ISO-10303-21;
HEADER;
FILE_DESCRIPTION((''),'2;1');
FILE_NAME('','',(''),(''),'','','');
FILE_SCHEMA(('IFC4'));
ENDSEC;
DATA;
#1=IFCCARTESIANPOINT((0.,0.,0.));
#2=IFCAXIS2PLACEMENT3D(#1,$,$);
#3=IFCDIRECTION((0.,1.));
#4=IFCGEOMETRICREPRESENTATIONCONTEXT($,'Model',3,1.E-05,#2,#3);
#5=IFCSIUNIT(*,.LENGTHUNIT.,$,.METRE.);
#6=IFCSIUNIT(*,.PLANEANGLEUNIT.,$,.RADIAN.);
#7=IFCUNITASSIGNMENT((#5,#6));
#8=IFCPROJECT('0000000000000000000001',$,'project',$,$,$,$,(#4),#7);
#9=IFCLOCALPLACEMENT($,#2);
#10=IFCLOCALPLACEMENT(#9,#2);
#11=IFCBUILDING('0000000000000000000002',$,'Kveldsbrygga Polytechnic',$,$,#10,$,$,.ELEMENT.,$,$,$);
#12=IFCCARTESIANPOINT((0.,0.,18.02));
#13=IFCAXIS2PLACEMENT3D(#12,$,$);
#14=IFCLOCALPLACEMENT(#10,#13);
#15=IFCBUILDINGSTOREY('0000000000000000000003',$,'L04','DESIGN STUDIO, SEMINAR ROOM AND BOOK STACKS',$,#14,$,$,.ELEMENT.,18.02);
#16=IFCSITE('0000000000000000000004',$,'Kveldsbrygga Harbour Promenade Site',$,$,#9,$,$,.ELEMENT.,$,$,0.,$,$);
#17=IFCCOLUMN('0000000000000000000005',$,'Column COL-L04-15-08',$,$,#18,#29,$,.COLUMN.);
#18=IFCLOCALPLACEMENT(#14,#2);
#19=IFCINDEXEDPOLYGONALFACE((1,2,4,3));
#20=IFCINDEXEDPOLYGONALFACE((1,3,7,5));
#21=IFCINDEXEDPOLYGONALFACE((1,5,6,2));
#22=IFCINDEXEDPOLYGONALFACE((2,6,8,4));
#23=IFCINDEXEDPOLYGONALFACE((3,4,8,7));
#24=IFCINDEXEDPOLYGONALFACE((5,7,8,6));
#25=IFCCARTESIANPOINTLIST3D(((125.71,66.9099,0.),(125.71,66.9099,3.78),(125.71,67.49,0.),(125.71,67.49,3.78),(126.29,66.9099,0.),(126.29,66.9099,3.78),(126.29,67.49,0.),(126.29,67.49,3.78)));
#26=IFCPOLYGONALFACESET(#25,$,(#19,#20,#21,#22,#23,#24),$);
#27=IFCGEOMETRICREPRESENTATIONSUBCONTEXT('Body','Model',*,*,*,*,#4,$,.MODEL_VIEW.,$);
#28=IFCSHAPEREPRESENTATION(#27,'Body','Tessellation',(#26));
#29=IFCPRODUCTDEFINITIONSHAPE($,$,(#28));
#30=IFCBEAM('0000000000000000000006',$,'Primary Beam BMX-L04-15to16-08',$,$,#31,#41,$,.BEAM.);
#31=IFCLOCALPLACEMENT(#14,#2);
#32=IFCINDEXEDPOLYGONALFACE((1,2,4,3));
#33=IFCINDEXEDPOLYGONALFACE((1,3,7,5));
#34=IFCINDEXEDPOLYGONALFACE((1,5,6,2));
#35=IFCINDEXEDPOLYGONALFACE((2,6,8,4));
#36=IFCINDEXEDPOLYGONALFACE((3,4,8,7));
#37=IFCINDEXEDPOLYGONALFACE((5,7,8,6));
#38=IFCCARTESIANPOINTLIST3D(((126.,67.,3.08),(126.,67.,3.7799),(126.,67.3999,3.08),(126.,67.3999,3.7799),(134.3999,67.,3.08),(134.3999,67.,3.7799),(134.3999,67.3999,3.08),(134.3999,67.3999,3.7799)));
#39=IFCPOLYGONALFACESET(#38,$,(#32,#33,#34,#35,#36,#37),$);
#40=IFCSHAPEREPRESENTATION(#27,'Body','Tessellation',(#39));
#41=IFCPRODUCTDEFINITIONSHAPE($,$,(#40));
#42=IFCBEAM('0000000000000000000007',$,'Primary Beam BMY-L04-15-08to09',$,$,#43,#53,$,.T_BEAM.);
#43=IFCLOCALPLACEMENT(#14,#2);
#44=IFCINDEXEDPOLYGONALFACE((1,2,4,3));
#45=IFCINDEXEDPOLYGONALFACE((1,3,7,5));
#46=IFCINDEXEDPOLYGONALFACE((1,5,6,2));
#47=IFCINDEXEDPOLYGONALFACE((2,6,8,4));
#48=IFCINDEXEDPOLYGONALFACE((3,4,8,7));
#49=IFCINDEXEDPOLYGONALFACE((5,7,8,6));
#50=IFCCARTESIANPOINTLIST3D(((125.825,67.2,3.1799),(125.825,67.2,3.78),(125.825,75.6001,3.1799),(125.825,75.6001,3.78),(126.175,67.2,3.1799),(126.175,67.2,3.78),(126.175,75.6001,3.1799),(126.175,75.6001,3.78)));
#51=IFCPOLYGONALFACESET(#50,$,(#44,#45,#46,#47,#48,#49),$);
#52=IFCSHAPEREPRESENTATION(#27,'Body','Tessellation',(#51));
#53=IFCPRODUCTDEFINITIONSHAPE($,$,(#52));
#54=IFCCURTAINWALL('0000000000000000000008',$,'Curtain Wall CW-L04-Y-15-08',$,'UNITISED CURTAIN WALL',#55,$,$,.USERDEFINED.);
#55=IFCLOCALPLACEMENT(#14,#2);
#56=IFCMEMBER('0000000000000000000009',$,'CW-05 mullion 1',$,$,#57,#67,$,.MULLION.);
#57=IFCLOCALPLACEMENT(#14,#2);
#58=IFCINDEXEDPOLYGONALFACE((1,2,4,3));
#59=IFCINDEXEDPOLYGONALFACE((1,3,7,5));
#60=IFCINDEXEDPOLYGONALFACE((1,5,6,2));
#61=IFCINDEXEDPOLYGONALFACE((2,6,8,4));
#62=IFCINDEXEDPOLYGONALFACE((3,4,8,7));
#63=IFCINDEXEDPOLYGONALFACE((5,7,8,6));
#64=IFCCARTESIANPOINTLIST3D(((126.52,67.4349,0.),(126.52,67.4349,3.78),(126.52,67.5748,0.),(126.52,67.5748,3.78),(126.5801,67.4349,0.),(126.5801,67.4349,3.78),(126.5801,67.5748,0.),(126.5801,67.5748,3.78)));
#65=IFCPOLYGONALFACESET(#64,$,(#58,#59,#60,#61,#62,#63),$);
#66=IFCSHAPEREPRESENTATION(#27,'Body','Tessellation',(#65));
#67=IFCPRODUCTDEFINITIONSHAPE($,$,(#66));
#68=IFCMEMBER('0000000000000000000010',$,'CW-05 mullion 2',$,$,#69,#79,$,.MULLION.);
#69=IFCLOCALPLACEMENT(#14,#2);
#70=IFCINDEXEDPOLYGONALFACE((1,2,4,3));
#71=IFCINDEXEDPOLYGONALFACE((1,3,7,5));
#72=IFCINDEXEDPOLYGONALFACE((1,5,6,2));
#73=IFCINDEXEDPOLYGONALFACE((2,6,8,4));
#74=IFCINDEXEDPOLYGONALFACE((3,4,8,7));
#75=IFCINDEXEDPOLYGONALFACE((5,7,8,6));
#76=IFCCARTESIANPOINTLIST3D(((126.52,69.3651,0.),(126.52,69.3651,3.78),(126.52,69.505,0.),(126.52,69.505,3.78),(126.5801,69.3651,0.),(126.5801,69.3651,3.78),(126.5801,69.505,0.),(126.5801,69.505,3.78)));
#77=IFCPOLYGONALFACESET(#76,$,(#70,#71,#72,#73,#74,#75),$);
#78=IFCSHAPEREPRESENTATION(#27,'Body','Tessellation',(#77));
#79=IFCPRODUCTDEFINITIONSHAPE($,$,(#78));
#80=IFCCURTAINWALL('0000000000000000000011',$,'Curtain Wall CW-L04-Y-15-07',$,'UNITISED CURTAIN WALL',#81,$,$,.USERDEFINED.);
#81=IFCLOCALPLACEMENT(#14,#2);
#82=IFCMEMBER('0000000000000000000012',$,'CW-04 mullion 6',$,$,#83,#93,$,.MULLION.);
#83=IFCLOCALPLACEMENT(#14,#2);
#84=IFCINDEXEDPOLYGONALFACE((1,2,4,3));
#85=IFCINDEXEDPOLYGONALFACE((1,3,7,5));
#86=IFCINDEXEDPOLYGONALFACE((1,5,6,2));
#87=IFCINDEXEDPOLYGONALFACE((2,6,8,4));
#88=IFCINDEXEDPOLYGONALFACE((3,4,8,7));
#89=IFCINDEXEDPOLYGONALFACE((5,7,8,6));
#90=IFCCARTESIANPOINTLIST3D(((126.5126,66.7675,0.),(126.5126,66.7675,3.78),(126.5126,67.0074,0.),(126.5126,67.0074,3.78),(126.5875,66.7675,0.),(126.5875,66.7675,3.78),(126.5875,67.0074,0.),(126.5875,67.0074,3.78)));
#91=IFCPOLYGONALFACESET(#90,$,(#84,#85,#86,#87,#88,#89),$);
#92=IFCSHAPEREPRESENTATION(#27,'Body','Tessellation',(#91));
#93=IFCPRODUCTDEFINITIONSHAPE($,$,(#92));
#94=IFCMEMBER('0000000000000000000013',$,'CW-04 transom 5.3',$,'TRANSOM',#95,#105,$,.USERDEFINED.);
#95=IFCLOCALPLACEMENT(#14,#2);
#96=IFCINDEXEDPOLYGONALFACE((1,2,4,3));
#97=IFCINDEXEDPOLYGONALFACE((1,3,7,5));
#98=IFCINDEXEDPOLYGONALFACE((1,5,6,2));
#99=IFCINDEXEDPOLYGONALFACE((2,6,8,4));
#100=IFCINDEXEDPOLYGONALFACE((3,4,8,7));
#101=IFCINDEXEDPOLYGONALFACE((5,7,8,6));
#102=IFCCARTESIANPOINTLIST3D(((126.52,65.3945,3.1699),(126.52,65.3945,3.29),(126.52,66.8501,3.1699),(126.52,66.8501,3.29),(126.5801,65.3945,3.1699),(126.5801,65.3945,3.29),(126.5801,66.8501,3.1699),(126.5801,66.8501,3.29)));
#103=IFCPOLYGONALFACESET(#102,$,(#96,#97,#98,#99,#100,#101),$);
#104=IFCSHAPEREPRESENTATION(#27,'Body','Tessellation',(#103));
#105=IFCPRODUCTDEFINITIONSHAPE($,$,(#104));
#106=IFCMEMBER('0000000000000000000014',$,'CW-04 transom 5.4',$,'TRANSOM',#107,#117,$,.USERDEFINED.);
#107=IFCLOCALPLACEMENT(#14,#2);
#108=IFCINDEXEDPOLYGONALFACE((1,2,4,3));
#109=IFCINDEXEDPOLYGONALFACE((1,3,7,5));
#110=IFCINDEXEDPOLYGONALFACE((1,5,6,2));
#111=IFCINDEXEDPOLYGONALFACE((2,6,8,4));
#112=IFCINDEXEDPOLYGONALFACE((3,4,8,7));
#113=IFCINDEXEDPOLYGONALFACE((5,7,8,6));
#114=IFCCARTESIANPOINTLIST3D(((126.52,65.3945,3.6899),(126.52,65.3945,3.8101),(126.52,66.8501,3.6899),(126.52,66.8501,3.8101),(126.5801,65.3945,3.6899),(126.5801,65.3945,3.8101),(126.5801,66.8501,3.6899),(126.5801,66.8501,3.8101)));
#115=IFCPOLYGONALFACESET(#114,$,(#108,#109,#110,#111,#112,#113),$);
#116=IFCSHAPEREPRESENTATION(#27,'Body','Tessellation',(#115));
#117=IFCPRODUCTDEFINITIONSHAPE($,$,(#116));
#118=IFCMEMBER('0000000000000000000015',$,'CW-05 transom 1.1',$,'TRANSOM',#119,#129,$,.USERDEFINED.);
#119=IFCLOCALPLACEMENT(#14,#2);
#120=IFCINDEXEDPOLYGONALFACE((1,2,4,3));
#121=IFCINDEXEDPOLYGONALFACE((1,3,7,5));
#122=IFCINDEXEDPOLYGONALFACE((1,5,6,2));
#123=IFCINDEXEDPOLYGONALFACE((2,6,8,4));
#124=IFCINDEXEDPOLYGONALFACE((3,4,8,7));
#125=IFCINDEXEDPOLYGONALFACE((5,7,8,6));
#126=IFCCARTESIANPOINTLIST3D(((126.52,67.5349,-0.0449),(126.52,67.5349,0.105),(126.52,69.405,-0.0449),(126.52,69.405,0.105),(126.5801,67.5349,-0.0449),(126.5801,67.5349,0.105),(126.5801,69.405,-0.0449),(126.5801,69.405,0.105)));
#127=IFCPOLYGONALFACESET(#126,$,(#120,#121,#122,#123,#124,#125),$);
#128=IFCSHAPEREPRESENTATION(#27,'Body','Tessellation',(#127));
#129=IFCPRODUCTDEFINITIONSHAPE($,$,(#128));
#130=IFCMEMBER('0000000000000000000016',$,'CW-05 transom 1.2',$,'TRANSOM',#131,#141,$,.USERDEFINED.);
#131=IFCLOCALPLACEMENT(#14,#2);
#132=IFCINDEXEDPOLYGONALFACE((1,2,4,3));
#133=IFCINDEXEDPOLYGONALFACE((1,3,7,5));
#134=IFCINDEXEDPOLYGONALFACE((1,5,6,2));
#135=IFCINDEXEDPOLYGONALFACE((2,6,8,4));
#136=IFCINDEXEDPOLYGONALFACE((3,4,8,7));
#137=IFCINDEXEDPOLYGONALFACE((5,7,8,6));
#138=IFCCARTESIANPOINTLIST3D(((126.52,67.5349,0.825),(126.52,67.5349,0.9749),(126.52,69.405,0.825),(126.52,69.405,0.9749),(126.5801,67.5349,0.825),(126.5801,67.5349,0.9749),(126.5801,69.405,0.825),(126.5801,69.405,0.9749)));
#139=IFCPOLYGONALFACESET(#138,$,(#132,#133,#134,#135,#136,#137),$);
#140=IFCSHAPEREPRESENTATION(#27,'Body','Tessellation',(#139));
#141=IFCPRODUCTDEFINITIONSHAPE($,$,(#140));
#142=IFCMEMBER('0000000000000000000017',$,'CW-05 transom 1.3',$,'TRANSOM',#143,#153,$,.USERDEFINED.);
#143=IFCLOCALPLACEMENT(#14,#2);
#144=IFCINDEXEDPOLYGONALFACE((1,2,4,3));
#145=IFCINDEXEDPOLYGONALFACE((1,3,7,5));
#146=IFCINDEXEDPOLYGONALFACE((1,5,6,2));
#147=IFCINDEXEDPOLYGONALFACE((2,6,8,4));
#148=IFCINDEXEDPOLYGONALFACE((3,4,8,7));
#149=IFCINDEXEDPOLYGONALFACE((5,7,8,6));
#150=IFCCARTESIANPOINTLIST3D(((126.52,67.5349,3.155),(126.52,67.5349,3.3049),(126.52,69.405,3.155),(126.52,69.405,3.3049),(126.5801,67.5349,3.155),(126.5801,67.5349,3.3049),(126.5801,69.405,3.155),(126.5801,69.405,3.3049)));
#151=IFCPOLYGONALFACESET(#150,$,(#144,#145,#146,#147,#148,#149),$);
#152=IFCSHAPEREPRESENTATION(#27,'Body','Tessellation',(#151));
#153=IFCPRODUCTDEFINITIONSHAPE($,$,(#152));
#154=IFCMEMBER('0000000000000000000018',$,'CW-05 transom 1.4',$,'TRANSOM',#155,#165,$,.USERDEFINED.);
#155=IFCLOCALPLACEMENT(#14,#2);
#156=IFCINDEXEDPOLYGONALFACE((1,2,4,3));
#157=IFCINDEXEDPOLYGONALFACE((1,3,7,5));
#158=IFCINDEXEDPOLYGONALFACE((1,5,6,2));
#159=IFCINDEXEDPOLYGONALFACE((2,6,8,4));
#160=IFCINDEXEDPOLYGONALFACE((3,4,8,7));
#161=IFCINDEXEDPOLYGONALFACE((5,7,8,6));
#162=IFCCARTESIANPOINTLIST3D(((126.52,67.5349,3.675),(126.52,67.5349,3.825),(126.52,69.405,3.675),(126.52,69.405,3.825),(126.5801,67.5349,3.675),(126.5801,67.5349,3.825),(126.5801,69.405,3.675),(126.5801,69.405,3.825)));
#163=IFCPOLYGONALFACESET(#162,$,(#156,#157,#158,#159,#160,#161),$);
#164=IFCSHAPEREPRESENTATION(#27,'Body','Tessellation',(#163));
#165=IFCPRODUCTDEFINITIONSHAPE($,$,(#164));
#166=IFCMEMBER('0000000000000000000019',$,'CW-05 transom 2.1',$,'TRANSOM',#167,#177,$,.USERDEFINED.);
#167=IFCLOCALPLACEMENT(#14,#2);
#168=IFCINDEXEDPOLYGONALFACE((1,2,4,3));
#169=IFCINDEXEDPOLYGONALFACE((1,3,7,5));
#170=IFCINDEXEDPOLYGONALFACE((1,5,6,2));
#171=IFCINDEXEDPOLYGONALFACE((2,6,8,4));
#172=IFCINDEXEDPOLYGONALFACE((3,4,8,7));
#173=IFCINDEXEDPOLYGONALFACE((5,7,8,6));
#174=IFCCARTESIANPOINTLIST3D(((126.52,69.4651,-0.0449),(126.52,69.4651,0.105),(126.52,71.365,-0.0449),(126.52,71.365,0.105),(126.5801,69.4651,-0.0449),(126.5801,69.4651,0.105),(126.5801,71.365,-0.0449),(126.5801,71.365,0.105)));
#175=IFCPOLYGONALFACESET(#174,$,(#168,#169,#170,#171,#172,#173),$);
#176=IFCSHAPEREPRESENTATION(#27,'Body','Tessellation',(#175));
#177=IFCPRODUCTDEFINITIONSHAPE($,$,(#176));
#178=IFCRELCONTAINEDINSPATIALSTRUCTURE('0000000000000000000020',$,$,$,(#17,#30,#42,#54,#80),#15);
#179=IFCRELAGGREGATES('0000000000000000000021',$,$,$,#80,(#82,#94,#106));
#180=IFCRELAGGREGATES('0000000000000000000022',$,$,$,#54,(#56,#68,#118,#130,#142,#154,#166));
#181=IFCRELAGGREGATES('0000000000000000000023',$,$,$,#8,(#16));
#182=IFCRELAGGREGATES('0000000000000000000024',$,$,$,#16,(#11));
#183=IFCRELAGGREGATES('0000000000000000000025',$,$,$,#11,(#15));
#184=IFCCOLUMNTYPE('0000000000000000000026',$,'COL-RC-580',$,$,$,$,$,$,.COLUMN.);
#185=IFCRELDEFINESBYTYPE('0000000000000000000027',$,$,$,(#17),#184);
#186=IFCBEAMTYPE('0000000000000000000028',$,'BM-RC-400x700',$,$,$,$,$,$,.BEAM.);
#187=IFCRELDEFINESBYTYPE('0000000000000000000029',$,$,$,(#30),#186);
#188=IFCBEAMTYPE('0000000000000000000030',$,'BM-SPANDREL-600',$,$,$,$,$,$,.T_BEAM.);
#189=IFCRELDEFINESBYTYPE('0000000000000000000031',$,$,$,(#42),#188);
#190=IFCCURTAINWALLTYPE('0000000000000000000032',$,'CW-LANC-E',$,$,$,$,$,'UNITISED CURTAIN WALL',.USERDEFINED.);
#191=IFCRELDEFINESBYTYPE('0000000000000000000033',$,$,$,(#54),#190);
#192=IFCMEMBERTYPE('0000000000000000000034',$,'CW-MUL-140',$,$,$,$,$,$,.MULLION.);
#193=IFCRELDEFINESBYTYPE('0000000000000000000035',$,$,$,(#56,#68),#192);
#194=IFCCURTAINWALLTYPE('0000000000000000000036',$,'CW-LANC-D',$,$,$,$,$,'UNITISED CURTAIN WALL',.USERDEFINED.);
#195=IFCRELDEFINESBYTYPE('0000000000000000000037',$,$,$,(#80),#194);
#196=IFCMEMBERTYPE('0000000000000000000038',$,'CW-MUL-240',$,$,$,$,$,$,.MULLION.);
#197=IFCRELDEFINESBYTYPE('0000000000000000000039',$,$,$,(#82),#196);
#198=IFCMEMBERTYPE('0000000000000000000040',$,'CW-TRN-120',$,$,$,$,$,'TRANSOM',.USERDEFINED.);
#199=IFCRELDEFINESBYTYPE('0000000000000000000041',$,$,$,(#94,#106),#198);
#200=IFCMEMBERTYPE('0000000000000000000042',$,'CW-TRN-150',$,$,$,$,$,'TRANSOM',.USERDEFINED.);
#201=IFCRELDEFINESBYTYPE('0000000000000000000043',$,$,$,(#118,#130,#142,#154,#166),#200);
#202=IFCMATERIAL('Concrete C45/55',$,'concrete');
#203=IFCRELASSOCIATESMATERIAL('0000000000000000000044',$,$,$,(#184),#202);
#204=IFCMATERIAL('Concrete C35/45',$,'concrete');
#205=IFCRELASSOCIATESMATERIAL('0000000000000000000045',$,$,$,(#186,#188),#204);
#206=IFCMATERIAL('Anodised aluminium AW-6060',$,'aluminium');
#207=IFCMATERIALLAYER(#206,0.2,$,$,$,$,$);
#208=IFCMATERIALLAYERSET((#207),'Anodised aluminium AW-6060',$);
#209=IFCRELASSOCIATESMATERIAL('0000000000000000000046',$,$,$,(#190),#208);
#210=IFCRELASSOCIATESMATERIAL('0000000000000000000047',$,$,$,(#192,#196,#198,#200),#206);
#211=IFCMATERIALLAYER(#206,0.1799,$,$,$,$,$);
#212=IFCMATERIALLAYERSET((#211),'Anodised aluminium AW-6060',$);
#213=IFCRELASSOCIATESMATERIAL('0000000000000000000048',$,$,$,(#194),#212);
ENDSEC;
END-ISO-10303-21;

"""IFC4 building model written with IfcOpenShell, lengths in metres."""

from ifc_helpers import new_model, si_unit, direction, frame, origin, origin_2d, place, context, subcontext, project, spatial, rectangle, extrude, material, layer, layer_set, material_profile, profile_set, type_object, element, aggregate, save


model = new_model("IFC4")

# Units and contexts
model_context = context("Model", 3, precision=1e-05, world=origin(), true_north=direction((0.0, 1.0)))
body_context = subcontext(model_context, "Body", "Model", "MODEL_VIEW")
ifc_project = project(units=[si_unit("LENGTHUNIT", "METRE"), si_unit("PLANEANGLEUNIT", "RADIAN")], contexts=[model_context])

# Site, building, storey
site_placement = place(None, origin())
site = spatial("IfcSite", under=ifc_project, at=site_placement, Name="Kveldsbrygga Harbour Promenade Site", CompositionType="ELEMENT", RefElevation=0.0)
building_placement = place(site_placement, origin())
building = spatial("IfcBuilding", under=site, at=building_placement, Name="Kveldsbrygga Polytechnic", CompositionType="ELEMENT")
storey_placement = place(building_placement, frame((0.0, 0.0, 18.02)))
storey = spatial("IfcBuildingStorey", under=building, at=storey_placement, Name="L04", Description="DESIGN STUDIO, SEMINAR ROOM AND BOOK STACKS", CompositionType="ELEMENT", Elevation=18.02)

# Column
ifc_material_1 = material(Name="Concrete C45/55", Category="concrete")
ifc_material_profile_1 = material_profile(ifc_material_1, rectangle(XDim=0.5801, YDim=0.5801, at=origin_2d()), Name="RC 580x580")
ifc_profile_set_1 = profile_set([ifc_material_profile_1], Name="Concrete C45/55")
column_type = type_object("IfcColumnType", Name="COL-RC-580", PredefinedType="COLUMN", material=ifc_profile_set_1)
column_placement = place(storey_placement, frame((126.0, 67.2, 0.0), z_axis=(0.0, 0.0, 1.0), x_axis=(1.0, 0.0, 0.0)))
element("IfcColumn", 1, at=column_placement, inside=storey, type_object=column_type, Name="Column COL-L04-15-08", PredefinedType="COLUMN", context=body_context, shape_type="SweptSolid", body=[
    extrude(rectangle(XDim=0.5801, YDim=0.5801, at=origin_2d()), origin(), (0.0, 0.0, 1.0), 3.78),
])

# Beams
ifc_material_2 = material(Name="Concrete C35/45", Category="concrete")
ifc_material_profile_2 = material_profile(ifc_material_2, rectangle(XDim=0.3999, YDim=0.7, at=origin_2d()), Name="RC 400x700")
ifc_profile_set_2 = profile_set([ifc_material_profile_2], Name="Concrete C35/45")
beam_type_1 = type_object("IfcBeamType", Name="BM-RC-400x700", PredefinedType="BEAM", material=ifc_profile_set_2)
beam_1_placement = place(storey_placement, frame((126.0, 67.2, 3.4299), z_axis=(1.0, 0.0, 0.0), x_axis=(0.0, 1.0, 0.0)))
element("IfcBeam", 2, at=beam_1_placement, inside=storey, type_object=beam_type_1, Name="Primary Beam BMX-L04-15to16-08", PredefinedType="BEAM", context=body_context, shape_type="SweptSolid", body=[
    extrude(rectangle(XDim=0.3999, YDim=0.7, at=origin_2d()), origin(), (0.0, 0.0, 1.0), 8.3999),
])
ifc_material_profile_3 = material_profile(ifc_material_2, rectangle(XDim=0.3501, YDim=0.6001, at=origin_2d()), Name="RC 350x600")
ifc_profile_set_3 = profile_set([ifc_material_profile_3], Name="Concrete C35/45")
beam_type_2 = type_object("IfcBeamType", Name="BM-SPANDREL-600", PredefinedType="T_BEAM", material=ifc_profile_set_3)
beam_2_placement = place(storey_placement, frame((126.0, 67.2, 3.48), z_axis=(0.0, 1.0, 0.0), x_axis=(-1.0, 0.0, 0.0)))
element("IfcBeam", 3, at=beam_2_placement, inside=storey, type_object=beam_type_2, Name="Primary Beam BMY-L04-15-08to09", PredefinedType="T_BEAM", context=body_context, shape_type="SweptSolid", body=[
    extrude(rectangle(XDim=0.3501, YDim=0.6001, at=origin_2d()), origin(), (0.0, 0.0, 1.0), 8.4001),
])

# Curtain walls, members
ifc_material_3 = material(Name="Anodised aluminium AW-6060", Category="aluminium")
ifc_layer_1 = layer(ifc_material_3, 0.2)
ifc_layer_set_1 = layer_set([ifc_layer_1], Name="Anodised aluminium AW-6060")
curtain_wall_type_1 = type_object("IfcCurtainWallType", Name="CW-LANC-E", ElementType="UNITISED CURTAIN WALL", PredefinedType="USERDEFINED", material=ifc_layer_set_1)
curtain_wall_1_placement = place(storey_placement, origin())
curtain_wall_1 = element("IfcCurtainWall", 4, at=curtain_wall_1_placement, inside=storey, type_object=curtain_wall_type_1, Name="Curtain Wall CW-L04-Y-15-08", ObjectType="UNITISED CURTAIN WALL", PredefinedType="USERDEFINED")
ifc_material_profile_4 = material_profile(ifc_material_3, rectangle(XDim=0.0601, YDim=0.1399, at=origin_2d()), Name="ALU 60x140")
ifc_profile_set_4 = profile_set([ifc_material_profile_4], Name="Anodised aluminium AW-6060")
member_type_1 = type_object("IfcMemberType", Name="CW-MUL-140", PredefinedType="MULLION", material=ifc_profile_set_4)
member_1_placement = place(storey_placement, frame((126.55, 67.5049, 0.0), z_axis=(0.0, 0.0, 1.0), x_axis=(-1.0, 0.0, 0.0)))
member_1 = element("IfcMember", 5, at=member_1_placement, type_object=member_type_1, Name="CW-05 mullion 1", PredefinedType="MULLION", context=body_context, shape_type="SweptSolid", body=[
    extrude(rectangle(XDim=0.0601, YDim=0.1399, at=origin_2d()), origin(), (0.0, 0.0, 1.0), 3.78),
])
member_2_placement = place(storey_placement, frame((126.55, 69.4351, 0.0), z_axis=(0.0, 0.0, 1.0), x_axis=(-1.0, 0.0, 0.0)))
member_2 = element("IfcMember", 6, at=member_2_placement, type_object=member_type_1, Name="CW-05 mullion 2", PredefinedType="MULLION", context=body_context, shape_type="SweptSolid", body=[
    extrude(rectangle(XDim=0.0601, YDim=0.1399, at=origin_2d()), origin(), (0.0, 0.0, 1.0), 3.78),
])
ifc_layer_2 = layer(ifc_material_3, 0.1799)
ifc_layer_set_2 = layer_set([ifc_layer_2], Name="Anodised aluminium AW-6060")
curtain_wall_type_2 = type_object("IfcCurtainWallType", Name="CW-LANC-D", ElementType="UNITISED CURTAIN WALL", PredefinedType="USERDEFINED", material=ifc_layer_set_2)
curtain_wall_2_placement = place(storey_placement, origin())
curtain_wall_2 = element("IfcCurtainWall", 7, at=curtain_wall_2_placement, inside=storey, type_object=curtain_wall_type_2, Name="Curtain Wall CW-L04-Y-15-07", ObjectType="UNITISED CURTAIN WALL", PredefinedType="USERDEFINED")
ifc_material_profile_5 = material_profile(ifc_material_3, rectangle(XDim=0.075, YDim=0.24, at=origin_2d()), Name="ALU 75x240")
ifc_profile_set_5 = profile_set([ifc_material_profile_5], Name="Anodised aluminium AW-6060")
member_type_2 = type_object("IfcMemberType", Name="CW-MUL-240", PredefinedType="MULLION", material=ifc_profile_set_5)
member_3_placement = place(storey_placement, frame((126.55, 66.8875, 0.0), z_axis=(0.0, 0.0, 1.0), x_axis=(-1.0, 0.0, 0.0)))
member_3 = element("IfcMember", 8, at=member_3_placement, type_object=member_type_2, Name="CW-04 mullion 6", PredefinedType="MULLION", context=body_context, shape_type="SweptSolid", body=[
    extrude(rectangle(XDim=0.075, YDim=0.24, at=origin_2d()), origin(), (0.0, 0.0, 1.0), 3.78),
])
ifc_material_profile_6 = material_profile(ifc_material_3, rectangle(XDim=0.0601, YDim=0.1201, at=origin_2d()), Name="ALU 60x120")
ifc_profile_set_6 = profile_set([ifc_material_profile_6], Name="Anodised aluminium AW-6060")
member_type_3 = type_object("IfcMemberType", Name="CW-TRN-120", ElementType="TRANSOM", PredefinedType="USERDEFINED", material=ifc_profile_set_6)
member_4_placement = place(storey_placement, frame((126.55, 65.3945, 3.23), z_axis=(0.0, 1.0, 0.0), x_axis=(-1.0, 0.0, 0.0)))
member_4 = element("IfcMember", 9, at=member_4_placement, type_object=member_type_3, Name="CW-04 transom 5.3", ObjectType="TRANSOM", PredefinedType="USERDEFINED", context=body_context, shape_type="SweptSolid", body=[
    extrude(rectangle(XDim=0.0601, YDim=0.1201, at=origin_2d()), origin(), (0.0, 0.0, 1.0), 1.4556),
])
member_5_placement = place(storey_placement, frame((126.55, 65.3945, 3.75), z_axis=(0.0, 1.0, 0.0), x_axis=(-1.0, 0.0, 0.0)))
member_5 = element("IfcMember", 10, at=member_5_placement, type_object=member_type_3, Name="CW-04 transom 5.4", ObjectType="TRANSOM", PredefinedType="USERDEFINED", context=body_context, shape_type="SweptSolid", body=[
    extrude(rectangle(XDim=0.0601, YDim=0.1201, at=origin_2d()), origin(), (0.0, 0.0, 1.0), 1.4556),
])

# Members
ifc_material_profile_7 = material_profile(ifc_material_3, rectangle(XDim=0.0601, YDim=0.1499, at=origin_2d()), Name="ALU 60x150")
ifc_profile_set_7 = profile_set([ifc_material_profile_7], Name="Anodised aluminium AW-6060")
member_type_4 = type_object("IfcMemberType", Name="CW-TRN-150", ElementType="TRANSOM", PredefinedType="USERDEFINED", material=ifc_profile_set_7)
member_6_placement = place(storey_placement, frame((126.55, 67.5349, 0.03), z_axis=(0.0, 1.0, 0.0), x_axis=(-1.0, 0.0, 0.0)))
member_6 = element("IfcMember", 11, at=member_6_placement, type_object=member_type_4, Name="CW-05 transom 1.1", ObjectType="TRANSOM", PredefinedType="USERDEFINED", context=body_context, shape_type="SweptSolid", body=[
    extrude(rectangle(XDim=0.0601, YDim=0.1499, at=origin_2d()), origin(), (0.0, 0.0, 1.0), 1.8701),
])
member_7_placement = place(storey_placement, frame((126.55, 67.5349, 0.8999), z_axis=(0.0, 1.0, 0.0), x_axis=(-1.0, 0.0, 0.0)))
member_7 = element("IfcMember", 12, at=member_7_placement, type_object=member_type_4, Name="CW-05 transom 1.2", ObjectType="TRANSOM", PredefinedType="USERDEFINED", context=body_context, shape_type="SweptSolid", body=[
    extrude(rectangle(XDim=0.0601, YDim=0.1499, at=origin_2d()), origin(), (0.0, 0.0, 1.0), 1.8701),
])
member_8_placement = place(storey_placement, frame((126.55, 67.5349, 3.23), z_axis=(0.0, 1.0, 0.0), x_axis=(-1.0, 0.0, 0.0)))
member_8 = element("IfcMember", 13, at=member_8_placement, type_object=member_type_4, Name="CW-05 transom 1.3", ObjectType="TRANSOM", PredefinedType="USERDEFINED", context=body_context, shape_type="SweptSolid", body=[
    extrude(rectangle(XDim=0.0601, YDim=0.1499, at=origin_2d()), origin(), (0.0, 0.0, 1.0), 1.8701),
])
member_9_placement = place(storey_placement, frame((126.55, 67.5349, 3.75), z_axis=(0.0, 1.0, 0.0), x_axis=(-1.0, 0.0, 0.0)))
member_9 = element("IfcMember", 14, at=member_9_placement, type_object=member_type_4, Name="CW-05 transom 1.4", ObjectType="TRANSOM", PredefinedType="USERDEFINED", context=body_context, shape_type="SweptSolid", body=[
    extrude(rectangle(XDim=0.0601, YDim=0.1499, at=origin_2d()), origin(), (0.0, 0.0, 1.0), 1.8701),
])
member_10_placement = place(storey_placement, frame((126.55, 69.4651, 0.03), z_axis=(0.0, 1.0, 0.0), x_axis=(-1.0, 0.0, 0.0)))
member_10 = element("IfcMember", 15, at=member_10_placement, type_object=member_type_4, Name="CW-05 transom 2.1", ObjectType="TRANSOM", PredefinedType="USERDEFINED", context=body_context, shape_type="SweptSolid", body=[
    extrude(rectangle(XDim=0.0601, YDim=0.1499, at=origin_2d()), origin(), (0.0, 0.0, 1.0), 1.8999),
])

aggregate(curtain_wall_2, [member_3, member_4, member_5])
aggregate(curtain_wall_1, [member_1, member_2, member_6, member_7, member_8, member_9, member_10])

save(model, "model.ifc")
